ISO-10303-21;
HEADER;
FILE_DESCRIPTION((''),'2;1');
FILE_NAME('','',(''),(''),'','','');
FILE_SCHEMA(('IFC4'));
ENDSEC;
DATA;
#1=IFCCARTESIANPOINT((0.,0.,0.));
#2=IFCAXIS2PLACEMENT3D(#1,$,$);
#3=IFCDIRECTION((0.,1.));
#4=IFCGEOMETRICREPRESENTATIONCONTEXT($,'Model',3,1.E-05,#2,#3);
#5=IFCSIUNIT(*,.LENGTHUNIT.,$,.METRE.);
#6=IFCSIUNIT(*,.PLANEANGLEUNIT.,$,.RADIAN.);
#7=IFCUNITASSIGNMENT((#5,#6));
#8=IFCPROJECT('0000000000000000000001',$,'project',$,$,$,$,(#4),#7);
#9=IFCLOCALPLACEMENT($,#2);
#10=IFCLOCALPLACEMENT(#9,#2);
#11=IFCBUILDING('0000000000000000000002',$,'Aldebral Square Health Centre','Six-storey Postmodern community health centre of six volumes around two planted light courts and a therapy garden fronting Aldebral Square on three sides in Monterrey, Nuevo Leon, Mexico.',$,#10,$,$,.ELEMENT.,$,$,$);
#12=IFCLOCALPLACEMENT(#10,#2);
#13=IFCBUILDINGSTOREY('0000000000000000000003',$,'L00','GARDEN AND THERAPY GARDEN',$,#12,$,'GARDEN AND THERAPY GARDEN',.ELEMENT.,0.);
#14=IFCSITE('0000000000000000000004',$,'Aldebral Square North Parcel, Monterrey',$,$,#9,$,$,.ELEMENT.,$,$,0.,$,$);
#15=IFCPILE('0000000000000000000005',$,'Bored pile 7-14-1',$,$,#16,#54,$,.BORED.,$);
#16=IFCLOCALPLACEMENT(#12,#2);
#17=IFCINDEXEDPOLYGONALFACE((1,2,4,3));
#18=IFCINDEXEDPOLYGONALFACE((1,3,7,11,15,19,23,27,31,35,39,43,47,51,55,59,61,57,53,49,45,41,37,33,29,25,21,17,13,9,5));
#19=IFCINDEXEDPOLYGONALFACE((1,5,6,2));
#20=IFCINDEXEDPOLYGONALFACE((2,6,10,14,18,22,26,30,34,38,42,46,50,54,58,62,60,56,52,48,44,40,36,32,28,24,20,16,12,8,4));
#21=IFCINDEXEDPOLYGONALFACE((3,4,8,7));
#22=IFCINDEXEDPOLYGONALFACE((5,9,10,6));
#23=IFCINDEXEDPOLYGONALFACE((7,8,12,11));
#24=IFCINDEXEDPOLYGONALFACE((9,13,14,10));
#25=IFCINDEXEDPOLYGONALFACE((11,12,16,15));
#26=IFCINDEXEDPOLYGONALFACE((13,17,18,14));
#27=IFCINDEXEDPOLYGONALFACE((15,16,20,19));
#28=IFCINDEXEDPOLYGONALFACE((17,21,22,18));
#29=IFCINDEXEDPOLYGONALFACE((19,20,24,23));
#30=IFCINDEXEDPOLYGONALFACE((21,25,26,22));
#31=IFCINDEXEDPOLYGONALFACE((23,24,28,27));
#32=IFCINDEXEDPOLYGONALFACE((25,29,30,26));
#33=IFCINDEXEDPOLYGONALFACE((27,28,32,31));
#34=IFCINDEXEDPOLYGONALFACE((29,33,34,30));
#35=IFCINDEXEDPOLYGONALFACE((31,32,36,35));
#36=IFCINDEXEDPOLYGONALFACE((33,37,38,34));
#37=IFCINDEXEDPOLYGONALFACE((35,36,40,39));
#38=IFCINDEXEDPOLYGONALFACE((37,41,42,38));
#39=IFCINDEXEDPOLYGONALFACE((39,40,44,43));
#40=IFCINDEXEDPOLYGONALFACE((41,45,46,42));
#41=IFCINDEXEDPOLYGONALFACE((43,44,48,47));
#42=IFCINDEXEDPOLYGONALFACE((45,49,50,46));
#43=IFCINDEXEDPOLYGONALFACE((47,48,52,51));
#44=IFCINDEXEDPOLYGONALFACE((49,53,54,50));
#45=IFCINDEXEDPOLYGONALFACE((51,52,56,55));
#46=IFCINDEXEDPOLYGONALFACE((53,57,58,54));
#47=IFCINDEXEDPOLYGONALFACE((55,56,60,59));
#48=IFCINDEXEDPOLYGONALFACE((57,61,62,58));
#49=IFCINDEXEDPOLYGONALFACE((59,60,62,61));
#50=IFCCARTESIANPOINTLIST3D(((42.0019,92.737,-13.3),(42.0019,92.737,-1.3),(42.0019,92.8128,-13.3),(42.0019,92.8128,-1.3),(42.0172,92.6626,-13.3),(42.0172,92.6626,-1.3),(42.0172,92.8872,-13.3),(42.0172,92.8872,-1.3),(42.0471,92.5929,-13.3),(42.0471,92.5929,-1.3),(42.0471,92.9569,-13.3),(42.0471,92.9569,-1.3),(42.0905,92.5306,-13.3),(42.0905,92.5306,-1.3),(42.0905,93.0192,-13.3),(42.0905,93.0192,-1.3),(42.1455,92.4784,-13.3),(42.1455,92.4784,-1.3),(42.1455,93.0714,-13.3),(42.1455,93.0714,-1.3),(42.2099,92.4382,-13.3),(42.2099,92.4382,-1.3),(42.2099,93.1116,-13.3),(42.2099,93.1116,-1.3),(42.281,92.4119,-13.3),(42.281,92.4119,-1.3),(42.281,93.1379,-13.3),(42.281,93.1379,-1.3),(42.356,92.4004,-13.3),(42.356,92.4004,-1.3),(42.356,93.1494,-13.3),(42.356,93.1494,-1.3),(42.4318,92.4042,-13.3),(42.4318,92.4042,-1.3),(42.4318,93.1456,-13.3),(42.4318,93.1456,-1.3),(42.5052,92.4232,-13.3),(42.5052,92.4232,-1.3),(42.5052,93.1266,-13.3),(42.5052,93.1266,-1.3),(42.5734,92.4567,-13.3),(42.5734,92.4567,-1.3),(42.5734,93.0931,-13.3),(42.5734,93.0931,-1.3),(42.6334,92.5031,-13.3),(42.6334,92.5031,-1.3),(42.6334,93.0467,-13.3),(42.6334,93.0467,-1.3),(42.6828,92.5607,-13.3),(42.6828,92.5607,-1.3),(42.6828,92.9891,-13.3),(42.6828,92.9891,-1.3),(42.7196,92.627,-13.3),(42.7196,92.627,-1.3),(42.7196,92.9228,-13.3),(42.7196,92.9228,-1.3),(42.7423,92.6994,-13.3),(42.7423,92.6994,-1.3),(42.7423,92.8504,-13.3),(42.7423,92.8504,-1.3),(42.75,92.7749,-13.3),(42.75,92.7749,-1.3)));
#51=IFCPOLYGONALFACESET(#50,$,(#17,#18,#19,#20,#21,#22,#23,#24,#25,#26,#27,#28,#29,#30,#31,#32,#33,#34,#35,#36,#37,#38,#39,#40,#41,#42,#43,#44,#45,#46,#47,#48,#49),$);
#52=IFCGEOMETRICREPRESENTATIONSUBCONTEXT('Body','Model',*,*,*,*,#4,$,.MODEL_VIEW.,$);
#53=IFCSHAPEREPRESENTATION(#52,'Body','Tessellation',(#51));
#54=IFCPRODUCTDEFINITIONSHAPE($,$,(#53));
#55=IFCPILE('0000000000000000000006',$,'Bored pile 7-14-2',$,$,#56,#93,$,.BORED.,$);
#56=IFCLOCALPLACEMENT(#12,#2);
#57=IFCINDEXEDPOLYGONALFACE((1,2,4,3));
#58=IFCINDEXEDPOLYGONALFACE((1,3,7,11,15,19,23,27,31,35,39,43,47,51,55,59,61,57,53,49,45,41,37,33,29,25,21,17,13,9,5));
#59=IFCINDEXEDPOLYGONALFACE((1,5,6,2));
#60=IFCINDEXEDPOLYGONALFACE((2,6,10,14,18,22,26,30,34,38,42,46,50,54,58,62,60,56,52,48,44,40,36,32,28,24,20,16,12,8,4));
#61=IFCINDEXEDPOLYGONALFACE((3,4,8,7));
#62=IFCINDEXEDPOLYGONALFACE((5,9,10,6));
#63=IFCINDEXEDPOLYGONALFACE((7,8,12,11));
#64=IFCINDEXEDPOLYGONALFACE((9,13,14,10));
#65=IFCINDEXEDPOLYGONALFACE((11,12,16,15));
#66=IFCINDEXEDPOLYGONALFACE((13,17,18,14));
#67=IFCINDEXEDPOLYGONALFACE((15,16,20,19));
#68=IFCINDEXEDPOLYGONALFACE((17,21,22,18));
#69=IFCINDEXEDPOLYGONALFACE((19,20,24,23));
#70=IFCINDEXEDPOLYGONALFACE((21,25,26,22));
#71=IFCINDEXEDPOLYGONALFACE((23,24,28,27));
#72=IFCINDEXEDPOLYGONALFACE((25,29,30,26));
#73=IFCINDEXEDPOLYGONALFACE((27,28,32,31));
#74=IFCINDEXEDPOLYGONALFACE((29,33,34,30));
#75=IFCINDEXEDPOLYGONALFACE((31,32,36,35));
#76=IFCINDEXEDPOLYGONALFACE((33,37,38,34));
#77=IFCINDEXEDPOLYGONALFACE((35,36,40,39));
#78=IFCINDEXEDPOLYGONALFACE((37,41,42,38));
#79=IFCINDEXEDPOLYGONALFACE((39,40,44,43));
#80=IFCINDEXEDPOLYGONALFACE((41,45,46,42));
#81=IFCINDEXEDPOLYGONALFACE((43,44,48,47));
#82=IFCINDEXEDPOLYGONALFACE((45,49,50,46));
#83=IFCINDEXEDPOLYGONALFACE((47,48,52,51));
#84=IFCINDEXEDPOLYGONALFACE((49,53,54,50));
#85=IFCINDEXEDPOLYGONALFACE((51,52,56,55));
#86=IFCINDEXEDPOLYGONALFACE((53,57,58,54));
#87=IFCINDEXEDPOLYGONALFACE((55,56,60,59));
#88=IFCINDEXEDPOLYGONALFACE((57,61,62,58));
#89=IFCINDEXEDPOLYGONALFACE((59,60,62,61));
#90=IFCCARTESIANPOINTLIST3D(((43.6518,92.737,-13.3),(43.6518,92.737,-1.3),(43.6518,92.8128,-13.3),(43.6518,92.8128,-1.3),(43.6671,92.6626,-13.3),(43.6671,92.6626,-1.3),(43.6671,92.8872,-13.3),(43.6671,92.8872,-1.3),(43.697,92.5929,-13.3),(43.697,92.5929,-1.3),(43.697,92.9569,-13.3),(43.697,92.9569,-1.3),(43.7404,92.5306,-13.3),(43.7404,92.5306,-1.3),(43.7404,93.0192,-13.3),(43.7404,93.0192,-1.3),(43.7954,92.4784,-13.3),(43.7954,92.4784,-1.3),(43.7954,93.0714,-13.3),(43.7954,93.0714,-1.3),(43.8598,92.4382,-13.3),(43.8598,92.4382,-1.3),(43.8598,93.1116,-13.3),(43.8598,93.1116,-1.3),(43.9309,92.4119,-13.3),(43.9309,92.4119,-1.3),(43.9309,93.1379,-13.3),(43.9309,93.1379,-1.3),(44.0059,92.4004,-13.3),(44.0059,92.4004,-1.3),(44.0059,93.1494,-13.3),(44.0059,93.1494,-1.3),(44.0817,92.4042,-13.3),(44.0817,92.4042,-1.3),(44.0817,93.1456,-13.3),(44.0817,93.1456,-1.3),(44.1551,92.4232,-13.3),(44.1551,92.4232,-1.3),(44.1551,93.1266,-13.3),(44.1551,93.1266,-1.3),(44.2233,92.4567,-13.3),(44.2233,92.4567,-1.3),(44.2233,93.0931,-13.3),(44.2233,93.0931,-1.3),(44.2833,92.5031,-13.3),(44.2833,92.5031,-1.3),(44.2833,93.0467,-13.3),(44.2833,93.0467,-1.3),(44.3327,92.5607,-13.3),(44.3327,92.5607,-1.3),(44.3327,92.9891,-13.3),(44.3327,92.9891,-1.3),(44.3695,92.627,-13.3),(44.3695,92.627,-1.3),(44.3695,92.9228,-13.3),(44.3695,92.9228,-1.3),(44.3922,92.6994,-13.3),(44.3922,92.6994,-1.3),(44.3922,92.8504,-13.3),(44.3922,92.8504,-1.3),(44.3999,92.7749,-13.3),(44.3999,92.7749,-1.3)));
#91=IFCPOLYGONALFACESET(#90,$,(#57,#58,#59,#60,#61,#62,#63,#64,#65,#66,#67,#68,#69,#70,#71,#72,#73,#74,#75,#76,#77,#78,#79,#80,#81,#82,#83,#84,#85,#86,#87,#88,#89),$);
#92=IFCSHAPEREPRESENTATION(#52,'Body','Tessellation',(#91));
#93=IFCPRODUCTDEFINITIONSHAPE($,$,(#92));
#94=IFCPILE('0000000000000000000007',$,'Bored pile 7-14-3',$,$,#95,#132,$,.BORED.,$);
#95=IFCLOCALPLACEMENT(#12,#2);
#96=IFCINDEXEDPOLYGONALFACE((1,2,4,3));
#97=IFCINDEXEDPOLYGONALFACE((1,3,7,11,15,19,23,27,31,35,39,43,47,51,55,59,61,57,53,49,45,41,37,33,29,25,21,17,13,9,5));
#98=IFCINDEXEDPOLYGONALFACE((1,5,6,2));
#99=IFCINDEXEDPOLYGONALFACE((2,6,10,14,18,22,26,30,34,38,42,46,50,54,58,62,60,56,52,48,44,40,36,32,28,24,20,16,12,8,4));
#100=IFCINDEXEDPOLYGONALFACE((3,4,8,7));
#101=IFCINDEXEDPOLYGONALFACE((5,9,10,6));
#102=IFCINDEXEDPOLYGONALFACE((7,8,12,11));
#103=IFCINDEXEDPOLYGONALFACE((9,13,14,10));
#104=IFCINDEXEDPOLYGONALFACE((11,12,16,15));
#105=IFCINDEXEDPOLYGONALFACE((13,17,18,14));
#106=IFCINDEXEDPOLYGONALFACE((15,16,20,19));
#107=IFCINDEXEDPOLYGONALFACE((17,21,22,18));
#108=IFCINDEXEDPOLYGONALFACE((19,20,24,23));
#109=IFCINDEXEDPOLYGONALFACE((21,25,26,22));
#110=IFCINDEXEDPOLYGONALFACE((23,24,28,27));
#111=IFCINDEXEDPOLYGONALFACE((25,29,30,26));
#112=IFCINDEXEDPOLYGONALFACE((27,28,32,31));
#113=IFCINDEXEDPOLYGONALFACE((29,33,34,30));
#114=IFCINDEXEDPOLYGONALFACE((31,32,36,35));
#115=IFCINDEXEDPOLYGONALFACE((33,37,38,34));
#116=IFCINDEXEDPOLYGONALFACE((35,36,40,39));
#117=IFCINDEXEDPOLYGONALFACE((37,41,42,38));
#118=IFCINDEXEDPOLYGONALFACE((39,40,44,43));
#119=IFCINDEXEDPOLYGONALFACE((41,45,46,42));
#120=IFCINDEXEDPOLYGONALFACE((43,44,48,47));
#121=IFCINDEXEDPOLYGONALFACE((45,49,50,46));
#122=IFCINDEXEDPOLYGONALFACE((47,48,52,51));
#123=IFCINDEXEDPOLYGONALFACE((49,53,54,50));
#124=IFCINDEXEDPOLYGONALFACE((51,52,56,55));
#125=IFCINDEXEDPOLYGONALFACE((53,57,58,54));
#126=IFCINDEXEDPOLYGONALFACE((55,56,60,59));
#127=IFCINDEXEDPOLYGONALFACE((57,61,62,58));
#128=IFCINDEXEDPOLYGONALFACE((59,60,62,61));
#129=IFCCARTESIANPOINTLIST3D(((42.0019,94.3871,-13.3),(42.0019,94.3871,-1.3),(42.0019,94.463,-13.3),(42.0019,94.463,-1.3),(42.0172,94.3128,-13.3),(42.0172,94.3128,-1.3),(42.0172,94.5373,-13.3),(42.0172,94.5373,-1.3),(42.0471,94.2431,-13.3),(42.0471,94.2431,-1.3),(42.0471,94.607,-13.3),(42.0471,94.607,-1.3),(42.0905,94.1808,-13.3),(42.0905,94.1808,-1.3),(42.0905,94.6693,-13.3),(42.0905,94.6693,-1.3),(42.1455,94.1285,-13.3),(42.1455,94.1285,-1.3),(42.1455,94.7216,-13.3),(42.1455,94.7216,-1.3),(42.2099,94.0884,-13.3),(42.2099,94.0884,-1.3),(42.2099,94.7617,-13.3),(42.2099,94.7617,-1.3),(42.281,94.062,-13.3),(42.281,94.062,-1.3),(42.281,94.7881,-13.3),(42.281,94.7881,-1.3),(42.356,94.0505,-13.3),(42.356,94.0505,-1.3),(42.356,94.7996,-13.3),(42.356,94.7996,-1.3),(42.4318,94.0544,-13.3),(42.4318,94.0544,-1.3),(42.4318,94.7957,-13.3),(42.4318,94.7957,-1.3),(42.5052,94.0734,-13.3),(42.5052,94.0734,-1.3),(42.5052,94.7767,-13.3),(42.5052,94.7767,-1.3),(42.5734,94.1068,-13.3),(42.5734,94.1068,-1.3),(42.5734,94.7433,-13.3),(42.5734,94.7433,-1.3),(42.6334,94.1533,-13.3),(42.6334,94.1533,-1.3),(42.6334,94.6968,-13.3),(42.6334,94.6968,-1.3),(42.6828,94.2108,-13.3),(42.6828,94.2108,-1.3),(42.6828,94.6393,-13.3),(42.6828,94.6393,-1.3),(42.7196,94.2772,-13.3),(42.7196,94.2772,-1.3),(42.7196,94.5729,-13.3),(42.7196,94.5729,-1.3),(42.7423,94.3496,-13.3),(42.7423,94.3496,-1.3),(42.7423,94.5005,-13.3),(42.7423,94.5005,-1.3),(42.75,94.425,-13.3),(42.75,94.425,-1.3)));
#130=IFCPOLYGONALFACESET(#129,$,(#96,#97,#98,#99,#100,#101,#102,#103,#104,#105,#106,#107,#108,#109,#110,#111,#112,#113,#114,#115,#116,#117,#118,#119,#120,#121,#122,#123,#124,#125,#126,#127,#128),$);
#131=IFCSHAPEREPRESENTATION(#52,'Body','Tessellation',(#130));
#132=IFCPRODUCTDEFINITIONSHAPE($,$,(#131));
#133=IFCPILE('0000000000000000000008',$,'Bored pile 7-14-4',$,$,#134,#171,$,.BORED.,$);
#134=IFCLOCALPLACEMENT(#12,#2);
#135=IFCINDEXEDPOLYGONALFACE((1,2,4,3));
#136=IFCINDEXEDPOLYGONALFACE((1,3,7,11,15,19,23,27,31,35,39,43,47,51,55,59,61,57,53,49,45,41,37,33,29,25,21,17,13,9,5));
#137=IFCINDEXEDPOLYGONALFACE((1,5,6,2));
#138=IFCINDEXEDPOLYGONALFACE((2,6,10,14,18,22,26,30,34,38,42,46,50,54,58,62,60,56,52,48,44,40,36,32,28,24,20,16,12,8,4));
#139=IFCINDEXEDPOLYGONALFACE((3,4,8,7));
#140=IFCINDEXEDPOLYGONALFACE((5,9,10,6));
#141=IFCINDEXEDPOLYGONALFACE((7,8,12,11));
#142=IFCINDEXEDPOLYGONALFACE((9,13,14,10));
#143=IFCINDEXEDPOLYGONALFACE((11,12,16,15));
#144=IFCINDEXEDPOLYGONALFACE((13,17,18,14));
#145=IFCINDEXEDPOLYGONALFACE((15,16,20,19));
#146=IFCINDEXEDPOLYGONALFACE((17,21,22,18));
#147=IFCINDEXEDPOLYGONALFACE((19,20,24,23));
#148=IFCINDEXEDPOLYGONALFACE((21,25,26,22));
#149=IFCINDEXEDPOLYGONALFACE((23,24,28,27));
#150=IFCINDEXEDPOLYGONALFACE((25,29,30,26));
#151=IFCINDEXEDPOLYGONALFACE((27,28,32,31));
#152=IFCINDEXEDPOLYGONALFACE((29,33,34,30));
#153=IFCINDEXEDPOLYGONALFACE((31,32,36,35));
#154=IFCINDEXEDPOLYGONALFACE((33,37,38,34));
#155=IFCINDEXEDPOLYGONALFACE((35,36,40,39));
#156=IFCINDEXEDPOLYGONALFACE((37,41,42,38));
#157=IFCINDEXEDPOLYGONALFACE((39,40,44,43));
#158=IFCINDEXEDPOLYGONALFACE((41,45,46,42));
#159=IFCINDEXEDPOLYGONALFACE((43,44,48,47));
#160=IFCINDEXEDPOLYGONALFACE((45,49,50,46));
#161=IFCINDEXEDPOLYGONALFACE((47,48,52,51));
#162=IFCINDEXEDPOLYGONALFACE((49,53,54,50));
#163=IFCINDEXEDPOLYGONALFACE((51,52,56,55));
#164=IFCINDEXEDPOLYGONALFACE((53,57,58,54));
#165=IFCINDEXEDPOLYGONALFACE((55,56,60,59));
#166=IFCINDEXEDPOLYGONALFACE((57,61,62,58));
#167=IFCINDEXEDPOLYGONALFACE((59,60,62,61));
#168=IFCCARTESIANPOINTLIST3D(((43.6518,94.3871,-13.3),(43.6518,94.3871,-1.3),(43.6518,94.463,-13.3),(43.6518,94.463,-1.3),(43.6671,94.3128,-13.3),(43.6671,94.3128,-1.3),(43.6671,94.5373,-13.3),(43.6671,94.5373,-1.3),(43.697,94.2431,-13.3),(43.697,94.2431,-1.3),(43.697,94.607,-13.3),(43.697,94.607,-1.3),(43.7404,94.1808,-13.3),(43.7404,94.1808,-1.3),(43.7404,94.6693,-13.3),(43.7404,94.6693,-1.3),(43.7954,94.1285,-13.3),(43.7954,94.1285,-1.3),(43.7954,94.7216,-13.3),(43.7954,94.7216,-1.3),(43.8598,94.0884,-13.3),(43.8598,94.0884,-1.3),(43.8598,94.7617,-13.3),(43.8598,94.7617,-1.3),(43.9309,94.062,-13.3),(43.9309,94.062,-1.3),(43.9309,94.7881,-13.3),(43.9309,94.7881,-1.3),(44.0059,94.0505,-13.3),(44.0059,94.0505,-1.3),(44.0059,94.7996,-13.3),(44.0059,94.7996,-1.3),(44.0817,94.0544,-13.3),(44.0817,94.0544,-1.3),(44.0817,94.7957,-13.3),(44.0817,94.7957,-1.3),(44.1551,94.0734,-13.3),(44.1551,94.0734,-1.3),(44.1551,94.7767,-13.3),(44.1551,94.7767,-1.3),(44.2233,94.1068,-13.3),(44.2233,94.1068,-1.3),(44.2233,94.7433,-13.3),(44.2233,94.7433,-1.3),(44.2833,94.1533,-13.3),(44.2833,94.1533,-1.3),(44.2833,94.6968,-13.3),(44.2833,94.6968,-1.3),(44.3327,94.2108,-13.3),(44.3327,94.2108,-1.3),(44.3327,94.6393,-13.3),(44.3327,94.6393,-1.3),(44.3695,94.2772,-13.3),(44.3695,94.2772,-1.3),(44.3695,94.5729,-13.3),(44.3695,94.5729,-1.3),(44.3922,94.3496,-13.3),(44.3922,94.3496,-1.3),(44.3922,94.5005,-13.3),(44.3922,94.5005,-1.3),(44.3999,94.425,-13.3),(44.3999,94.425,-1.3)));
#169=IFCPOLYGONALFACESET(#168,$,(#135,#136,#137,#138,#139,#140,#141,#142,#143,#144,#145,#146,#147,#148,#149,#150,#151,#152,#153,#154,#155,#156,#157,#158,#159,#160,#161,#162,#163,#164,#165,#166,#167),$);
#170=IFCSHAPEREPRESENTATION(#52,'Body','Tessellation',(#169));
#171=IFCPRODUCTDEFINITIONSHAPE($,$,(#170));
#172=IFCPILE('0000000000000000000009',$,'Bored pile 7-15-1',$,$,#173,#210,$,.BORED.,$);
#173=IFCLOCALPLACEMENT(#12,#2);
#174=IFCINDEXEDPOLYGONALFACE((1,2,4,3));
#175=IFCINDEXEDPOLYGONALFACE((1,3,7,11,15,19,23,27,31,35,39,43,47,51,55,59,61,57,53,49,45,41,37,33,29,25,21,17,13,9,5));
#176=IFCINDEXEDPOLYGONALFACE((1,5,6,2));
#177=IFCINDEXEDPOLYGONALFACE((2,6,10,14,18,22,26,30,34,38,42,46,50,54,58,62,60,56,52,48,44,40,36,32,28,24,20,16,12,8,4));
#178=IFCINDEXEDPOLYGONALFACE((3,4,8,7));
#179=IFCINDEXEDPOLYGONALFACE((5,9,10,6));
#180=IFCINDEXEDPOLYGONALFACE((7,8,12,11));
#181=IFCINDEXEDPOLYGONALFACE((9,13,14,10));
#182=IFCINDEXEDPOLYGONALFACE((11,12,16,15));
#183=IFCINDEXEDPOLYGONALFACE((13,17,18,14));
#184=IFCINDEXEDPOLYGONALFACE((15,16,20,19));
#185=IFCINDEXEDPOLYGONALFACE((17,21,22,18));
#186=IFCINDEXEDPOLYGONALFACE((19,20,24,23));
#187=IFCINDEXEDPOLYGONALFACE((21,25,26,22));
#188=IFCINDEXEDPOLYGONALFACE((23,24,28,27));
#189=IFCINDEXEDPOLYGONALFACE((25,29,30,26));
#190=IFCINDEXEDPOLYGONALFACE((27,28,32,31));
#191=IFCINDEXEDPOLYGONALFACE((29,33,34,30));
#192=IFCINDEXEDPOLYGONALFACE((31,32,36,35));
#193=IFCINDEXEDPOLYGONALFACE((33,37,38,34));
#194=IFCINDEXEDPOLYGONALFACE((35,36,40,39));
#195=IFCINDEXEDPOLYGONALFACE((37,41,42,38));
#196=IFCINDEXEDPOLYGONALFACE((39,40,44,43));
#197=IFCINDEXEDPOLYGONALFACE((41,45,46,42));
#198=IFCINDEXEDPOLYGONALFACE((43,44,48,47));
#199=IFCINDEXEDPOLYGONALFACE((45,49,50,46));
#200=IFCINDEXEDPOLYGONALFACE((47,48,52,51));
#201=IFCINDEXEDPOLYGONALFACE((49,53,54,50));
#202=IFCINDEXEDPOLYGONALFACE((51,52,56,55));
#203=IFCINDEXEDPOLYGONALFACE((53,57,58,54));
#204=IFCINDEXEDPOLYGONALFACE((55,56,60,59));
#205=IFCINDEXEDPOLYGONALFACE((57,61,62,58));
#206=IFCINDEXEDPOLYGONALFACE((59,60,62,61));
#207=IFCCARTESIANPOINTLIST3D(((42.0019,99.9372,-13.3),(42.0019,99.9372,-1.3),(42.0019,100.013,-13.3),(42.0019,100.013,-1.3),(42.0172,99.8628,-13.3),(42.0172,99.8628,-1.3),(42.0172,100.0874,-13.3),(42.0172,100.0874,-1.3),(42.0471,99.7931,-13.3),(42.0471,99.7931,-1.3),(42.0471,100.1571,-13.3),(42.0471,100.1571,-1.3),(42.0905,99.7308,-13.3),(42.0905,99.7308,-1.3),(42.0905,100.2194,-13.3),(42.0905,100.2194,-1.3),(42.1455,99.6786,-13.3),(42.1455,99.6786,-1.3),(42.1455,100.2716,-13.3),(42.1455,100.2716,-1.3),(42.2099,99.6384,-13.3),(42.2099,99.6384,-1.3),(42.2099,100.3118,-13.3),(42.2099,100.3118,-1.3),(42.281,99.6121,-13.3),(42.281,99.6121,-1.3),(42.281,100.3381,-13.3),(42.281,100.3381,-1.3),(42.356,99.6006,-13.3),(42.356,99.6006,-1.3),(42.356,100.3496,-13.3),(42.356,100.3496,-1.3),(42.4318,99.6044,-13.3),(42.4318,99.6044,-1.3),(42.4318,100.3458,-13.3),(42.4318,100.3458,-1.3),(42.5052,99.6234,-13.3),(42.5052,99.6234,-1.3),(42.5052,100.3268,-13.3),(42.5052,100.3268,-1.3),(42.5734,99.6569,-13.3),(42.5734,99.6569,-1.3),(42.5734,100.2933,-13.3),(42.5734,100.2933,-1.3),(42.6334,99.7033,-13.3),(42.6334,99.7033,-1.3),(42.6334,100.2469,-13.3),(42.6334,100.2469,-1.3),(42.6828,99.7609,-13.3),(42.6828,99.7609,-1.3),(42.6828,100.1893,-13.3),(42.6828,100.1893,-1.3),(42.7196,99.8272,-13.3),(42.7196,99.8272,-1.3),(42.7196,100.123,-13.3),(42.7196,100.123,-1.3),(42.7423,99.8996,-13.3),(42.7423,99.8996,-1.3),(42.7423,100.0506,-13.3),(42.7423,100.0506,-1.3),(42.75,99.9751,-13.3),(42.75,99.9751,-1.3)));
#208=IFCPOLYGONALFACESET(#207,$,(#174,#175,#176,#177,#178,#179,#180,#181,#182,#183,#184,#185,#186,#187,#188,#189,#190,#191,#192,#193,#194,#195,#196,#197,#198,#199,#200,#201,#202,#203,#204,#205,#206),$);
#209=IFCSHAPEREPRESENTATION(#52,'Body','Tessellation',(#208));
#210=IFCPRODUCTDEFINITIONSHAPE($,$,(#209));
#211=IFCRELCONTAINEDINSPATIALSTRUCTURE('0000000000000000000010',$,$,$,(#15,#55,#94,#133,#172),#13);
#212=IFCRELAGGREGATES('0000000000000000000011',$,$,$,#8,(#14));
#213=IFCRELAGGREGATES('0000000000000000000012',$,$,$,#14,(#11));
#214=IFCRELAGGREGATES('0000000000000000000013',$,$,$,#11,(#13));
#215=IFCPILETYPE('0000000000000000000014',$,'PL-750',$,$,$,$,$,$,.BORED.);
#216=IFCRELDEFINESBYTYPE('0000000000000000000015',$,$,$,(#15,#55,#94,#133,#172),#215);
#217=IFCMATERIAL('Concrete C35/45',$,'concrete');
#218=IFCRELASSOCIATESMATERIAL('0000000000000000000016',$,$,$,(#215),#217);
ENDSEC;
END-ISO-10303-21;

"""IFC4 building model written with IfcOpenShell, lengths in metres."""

from ifc_helpers import new_model, si_unit, direction, frame, origin, origin_2d, place, context, subcontext, project, spatial, circle, extrude, material, material_profile, profile_set, type_object, element, save


model = new_model("IFC4")

# Units and contexts
model_context = context("Model", 3, precision=1e-05, world=origin(), true_north=direction((0.0, 1.0)))
body_context = subcontext(model_context, "Body", "Model", "MODEL_VIEW")
ifc_project = project(units=[si_unit("LENGTHUNIT", "METRE"), si_unit("PLANEANGLEUNIT", "RADIAN")], contexts=[model_context])

# Site, building, storey
site_placement = place(None, origin())
site = spatial("IfcSite", under=ifc_project, at=site_placement, Name="Aldebral Square North Parcel, Monterrey", CompositionType="ELEMENT", RefElevation=0.0)
building_placement = place(site_placement, origin())
building = spatial("IfcBuilding", under=site, at=building_placement, Name="Aldebral Square Health Centre", Description="Six-storey Postmodern community health centre of six volumes around two planted light courts and a therapy garden fronting Aldebral Square on three sides in Monterrey, Nuevo Leon, Mexico.", CompositionType="ELEMENT")
storey_placement = place(building_placement, origin())
storey = spatial("IfcBuildingStorey", under=building, at=storey_placement, Name="L00", Description="GARDEN AND THERAPY GARDEN", LongName="GARDEN AND THERAPY GARDEN", CompositionType="ELEMENT", Elevation=0.0)

# Shared definitions
ifc_material_1 = material(Name="Concrete C35/45", Category="concrete")

# Piles
ifc_material_profile_1 = material_profile(ifc_material_1, circle(Radius=0.375, at=origin_2d()), Name="PILE D750")
ifc_profile_set_1 = profile_set([ifc_material_profile_1], Name="Concrete C35/45")
pile_type = type_object("IfcPileType", Name="PL-750", PredefinedType="BORED", material=ifc_profile_set_1)
for number, where, z_axis, x_axis, name in (
    (1, (42.375, 92.7749, -1.3), (0.0, 0.0, -1.0), (1.0, 0.0, 0.0), "Bored pile 7-14-1"),
    (2, (44.0249, 92.7749, -1.3), (0.0, 0.0, -1.0), (1.0, 0.0, 0.0), "Bored pile 7-14-2"),
    (3, (42.375, 94.425, -1.3), (0.0, 0.0, -1.0), (1.0, 0.0, 0.0), "Bored pile 7-14-3"),
    (4, (44.0249, 94.425, -1.3), (0.0, 0.0, -1.0), (1.0, 0.0, 0.0), "Bored pile 7-14-4"),
    (5, (42.375, 99.9751, -1.3), (0.0, 0.0, -1.0), (1.0, 0.0, 0.0), "Bored pile 7-15-1"),
):
    element("IfcPile", number, at=place(storey_placement, frame(where, z_axis=z_axis, x_axis=x_axis)), inside=storey, type_object=pile_type, Name=name, PredefinedType="BORED", context=body_context, shape_type="SweptSolid", body=[
        extrude(circle(Radius=0.375, at=origin_2d()), origin(), (0.0, 0.0, 1.0), 12.0),
    ])

save(model, "model.ifc")
